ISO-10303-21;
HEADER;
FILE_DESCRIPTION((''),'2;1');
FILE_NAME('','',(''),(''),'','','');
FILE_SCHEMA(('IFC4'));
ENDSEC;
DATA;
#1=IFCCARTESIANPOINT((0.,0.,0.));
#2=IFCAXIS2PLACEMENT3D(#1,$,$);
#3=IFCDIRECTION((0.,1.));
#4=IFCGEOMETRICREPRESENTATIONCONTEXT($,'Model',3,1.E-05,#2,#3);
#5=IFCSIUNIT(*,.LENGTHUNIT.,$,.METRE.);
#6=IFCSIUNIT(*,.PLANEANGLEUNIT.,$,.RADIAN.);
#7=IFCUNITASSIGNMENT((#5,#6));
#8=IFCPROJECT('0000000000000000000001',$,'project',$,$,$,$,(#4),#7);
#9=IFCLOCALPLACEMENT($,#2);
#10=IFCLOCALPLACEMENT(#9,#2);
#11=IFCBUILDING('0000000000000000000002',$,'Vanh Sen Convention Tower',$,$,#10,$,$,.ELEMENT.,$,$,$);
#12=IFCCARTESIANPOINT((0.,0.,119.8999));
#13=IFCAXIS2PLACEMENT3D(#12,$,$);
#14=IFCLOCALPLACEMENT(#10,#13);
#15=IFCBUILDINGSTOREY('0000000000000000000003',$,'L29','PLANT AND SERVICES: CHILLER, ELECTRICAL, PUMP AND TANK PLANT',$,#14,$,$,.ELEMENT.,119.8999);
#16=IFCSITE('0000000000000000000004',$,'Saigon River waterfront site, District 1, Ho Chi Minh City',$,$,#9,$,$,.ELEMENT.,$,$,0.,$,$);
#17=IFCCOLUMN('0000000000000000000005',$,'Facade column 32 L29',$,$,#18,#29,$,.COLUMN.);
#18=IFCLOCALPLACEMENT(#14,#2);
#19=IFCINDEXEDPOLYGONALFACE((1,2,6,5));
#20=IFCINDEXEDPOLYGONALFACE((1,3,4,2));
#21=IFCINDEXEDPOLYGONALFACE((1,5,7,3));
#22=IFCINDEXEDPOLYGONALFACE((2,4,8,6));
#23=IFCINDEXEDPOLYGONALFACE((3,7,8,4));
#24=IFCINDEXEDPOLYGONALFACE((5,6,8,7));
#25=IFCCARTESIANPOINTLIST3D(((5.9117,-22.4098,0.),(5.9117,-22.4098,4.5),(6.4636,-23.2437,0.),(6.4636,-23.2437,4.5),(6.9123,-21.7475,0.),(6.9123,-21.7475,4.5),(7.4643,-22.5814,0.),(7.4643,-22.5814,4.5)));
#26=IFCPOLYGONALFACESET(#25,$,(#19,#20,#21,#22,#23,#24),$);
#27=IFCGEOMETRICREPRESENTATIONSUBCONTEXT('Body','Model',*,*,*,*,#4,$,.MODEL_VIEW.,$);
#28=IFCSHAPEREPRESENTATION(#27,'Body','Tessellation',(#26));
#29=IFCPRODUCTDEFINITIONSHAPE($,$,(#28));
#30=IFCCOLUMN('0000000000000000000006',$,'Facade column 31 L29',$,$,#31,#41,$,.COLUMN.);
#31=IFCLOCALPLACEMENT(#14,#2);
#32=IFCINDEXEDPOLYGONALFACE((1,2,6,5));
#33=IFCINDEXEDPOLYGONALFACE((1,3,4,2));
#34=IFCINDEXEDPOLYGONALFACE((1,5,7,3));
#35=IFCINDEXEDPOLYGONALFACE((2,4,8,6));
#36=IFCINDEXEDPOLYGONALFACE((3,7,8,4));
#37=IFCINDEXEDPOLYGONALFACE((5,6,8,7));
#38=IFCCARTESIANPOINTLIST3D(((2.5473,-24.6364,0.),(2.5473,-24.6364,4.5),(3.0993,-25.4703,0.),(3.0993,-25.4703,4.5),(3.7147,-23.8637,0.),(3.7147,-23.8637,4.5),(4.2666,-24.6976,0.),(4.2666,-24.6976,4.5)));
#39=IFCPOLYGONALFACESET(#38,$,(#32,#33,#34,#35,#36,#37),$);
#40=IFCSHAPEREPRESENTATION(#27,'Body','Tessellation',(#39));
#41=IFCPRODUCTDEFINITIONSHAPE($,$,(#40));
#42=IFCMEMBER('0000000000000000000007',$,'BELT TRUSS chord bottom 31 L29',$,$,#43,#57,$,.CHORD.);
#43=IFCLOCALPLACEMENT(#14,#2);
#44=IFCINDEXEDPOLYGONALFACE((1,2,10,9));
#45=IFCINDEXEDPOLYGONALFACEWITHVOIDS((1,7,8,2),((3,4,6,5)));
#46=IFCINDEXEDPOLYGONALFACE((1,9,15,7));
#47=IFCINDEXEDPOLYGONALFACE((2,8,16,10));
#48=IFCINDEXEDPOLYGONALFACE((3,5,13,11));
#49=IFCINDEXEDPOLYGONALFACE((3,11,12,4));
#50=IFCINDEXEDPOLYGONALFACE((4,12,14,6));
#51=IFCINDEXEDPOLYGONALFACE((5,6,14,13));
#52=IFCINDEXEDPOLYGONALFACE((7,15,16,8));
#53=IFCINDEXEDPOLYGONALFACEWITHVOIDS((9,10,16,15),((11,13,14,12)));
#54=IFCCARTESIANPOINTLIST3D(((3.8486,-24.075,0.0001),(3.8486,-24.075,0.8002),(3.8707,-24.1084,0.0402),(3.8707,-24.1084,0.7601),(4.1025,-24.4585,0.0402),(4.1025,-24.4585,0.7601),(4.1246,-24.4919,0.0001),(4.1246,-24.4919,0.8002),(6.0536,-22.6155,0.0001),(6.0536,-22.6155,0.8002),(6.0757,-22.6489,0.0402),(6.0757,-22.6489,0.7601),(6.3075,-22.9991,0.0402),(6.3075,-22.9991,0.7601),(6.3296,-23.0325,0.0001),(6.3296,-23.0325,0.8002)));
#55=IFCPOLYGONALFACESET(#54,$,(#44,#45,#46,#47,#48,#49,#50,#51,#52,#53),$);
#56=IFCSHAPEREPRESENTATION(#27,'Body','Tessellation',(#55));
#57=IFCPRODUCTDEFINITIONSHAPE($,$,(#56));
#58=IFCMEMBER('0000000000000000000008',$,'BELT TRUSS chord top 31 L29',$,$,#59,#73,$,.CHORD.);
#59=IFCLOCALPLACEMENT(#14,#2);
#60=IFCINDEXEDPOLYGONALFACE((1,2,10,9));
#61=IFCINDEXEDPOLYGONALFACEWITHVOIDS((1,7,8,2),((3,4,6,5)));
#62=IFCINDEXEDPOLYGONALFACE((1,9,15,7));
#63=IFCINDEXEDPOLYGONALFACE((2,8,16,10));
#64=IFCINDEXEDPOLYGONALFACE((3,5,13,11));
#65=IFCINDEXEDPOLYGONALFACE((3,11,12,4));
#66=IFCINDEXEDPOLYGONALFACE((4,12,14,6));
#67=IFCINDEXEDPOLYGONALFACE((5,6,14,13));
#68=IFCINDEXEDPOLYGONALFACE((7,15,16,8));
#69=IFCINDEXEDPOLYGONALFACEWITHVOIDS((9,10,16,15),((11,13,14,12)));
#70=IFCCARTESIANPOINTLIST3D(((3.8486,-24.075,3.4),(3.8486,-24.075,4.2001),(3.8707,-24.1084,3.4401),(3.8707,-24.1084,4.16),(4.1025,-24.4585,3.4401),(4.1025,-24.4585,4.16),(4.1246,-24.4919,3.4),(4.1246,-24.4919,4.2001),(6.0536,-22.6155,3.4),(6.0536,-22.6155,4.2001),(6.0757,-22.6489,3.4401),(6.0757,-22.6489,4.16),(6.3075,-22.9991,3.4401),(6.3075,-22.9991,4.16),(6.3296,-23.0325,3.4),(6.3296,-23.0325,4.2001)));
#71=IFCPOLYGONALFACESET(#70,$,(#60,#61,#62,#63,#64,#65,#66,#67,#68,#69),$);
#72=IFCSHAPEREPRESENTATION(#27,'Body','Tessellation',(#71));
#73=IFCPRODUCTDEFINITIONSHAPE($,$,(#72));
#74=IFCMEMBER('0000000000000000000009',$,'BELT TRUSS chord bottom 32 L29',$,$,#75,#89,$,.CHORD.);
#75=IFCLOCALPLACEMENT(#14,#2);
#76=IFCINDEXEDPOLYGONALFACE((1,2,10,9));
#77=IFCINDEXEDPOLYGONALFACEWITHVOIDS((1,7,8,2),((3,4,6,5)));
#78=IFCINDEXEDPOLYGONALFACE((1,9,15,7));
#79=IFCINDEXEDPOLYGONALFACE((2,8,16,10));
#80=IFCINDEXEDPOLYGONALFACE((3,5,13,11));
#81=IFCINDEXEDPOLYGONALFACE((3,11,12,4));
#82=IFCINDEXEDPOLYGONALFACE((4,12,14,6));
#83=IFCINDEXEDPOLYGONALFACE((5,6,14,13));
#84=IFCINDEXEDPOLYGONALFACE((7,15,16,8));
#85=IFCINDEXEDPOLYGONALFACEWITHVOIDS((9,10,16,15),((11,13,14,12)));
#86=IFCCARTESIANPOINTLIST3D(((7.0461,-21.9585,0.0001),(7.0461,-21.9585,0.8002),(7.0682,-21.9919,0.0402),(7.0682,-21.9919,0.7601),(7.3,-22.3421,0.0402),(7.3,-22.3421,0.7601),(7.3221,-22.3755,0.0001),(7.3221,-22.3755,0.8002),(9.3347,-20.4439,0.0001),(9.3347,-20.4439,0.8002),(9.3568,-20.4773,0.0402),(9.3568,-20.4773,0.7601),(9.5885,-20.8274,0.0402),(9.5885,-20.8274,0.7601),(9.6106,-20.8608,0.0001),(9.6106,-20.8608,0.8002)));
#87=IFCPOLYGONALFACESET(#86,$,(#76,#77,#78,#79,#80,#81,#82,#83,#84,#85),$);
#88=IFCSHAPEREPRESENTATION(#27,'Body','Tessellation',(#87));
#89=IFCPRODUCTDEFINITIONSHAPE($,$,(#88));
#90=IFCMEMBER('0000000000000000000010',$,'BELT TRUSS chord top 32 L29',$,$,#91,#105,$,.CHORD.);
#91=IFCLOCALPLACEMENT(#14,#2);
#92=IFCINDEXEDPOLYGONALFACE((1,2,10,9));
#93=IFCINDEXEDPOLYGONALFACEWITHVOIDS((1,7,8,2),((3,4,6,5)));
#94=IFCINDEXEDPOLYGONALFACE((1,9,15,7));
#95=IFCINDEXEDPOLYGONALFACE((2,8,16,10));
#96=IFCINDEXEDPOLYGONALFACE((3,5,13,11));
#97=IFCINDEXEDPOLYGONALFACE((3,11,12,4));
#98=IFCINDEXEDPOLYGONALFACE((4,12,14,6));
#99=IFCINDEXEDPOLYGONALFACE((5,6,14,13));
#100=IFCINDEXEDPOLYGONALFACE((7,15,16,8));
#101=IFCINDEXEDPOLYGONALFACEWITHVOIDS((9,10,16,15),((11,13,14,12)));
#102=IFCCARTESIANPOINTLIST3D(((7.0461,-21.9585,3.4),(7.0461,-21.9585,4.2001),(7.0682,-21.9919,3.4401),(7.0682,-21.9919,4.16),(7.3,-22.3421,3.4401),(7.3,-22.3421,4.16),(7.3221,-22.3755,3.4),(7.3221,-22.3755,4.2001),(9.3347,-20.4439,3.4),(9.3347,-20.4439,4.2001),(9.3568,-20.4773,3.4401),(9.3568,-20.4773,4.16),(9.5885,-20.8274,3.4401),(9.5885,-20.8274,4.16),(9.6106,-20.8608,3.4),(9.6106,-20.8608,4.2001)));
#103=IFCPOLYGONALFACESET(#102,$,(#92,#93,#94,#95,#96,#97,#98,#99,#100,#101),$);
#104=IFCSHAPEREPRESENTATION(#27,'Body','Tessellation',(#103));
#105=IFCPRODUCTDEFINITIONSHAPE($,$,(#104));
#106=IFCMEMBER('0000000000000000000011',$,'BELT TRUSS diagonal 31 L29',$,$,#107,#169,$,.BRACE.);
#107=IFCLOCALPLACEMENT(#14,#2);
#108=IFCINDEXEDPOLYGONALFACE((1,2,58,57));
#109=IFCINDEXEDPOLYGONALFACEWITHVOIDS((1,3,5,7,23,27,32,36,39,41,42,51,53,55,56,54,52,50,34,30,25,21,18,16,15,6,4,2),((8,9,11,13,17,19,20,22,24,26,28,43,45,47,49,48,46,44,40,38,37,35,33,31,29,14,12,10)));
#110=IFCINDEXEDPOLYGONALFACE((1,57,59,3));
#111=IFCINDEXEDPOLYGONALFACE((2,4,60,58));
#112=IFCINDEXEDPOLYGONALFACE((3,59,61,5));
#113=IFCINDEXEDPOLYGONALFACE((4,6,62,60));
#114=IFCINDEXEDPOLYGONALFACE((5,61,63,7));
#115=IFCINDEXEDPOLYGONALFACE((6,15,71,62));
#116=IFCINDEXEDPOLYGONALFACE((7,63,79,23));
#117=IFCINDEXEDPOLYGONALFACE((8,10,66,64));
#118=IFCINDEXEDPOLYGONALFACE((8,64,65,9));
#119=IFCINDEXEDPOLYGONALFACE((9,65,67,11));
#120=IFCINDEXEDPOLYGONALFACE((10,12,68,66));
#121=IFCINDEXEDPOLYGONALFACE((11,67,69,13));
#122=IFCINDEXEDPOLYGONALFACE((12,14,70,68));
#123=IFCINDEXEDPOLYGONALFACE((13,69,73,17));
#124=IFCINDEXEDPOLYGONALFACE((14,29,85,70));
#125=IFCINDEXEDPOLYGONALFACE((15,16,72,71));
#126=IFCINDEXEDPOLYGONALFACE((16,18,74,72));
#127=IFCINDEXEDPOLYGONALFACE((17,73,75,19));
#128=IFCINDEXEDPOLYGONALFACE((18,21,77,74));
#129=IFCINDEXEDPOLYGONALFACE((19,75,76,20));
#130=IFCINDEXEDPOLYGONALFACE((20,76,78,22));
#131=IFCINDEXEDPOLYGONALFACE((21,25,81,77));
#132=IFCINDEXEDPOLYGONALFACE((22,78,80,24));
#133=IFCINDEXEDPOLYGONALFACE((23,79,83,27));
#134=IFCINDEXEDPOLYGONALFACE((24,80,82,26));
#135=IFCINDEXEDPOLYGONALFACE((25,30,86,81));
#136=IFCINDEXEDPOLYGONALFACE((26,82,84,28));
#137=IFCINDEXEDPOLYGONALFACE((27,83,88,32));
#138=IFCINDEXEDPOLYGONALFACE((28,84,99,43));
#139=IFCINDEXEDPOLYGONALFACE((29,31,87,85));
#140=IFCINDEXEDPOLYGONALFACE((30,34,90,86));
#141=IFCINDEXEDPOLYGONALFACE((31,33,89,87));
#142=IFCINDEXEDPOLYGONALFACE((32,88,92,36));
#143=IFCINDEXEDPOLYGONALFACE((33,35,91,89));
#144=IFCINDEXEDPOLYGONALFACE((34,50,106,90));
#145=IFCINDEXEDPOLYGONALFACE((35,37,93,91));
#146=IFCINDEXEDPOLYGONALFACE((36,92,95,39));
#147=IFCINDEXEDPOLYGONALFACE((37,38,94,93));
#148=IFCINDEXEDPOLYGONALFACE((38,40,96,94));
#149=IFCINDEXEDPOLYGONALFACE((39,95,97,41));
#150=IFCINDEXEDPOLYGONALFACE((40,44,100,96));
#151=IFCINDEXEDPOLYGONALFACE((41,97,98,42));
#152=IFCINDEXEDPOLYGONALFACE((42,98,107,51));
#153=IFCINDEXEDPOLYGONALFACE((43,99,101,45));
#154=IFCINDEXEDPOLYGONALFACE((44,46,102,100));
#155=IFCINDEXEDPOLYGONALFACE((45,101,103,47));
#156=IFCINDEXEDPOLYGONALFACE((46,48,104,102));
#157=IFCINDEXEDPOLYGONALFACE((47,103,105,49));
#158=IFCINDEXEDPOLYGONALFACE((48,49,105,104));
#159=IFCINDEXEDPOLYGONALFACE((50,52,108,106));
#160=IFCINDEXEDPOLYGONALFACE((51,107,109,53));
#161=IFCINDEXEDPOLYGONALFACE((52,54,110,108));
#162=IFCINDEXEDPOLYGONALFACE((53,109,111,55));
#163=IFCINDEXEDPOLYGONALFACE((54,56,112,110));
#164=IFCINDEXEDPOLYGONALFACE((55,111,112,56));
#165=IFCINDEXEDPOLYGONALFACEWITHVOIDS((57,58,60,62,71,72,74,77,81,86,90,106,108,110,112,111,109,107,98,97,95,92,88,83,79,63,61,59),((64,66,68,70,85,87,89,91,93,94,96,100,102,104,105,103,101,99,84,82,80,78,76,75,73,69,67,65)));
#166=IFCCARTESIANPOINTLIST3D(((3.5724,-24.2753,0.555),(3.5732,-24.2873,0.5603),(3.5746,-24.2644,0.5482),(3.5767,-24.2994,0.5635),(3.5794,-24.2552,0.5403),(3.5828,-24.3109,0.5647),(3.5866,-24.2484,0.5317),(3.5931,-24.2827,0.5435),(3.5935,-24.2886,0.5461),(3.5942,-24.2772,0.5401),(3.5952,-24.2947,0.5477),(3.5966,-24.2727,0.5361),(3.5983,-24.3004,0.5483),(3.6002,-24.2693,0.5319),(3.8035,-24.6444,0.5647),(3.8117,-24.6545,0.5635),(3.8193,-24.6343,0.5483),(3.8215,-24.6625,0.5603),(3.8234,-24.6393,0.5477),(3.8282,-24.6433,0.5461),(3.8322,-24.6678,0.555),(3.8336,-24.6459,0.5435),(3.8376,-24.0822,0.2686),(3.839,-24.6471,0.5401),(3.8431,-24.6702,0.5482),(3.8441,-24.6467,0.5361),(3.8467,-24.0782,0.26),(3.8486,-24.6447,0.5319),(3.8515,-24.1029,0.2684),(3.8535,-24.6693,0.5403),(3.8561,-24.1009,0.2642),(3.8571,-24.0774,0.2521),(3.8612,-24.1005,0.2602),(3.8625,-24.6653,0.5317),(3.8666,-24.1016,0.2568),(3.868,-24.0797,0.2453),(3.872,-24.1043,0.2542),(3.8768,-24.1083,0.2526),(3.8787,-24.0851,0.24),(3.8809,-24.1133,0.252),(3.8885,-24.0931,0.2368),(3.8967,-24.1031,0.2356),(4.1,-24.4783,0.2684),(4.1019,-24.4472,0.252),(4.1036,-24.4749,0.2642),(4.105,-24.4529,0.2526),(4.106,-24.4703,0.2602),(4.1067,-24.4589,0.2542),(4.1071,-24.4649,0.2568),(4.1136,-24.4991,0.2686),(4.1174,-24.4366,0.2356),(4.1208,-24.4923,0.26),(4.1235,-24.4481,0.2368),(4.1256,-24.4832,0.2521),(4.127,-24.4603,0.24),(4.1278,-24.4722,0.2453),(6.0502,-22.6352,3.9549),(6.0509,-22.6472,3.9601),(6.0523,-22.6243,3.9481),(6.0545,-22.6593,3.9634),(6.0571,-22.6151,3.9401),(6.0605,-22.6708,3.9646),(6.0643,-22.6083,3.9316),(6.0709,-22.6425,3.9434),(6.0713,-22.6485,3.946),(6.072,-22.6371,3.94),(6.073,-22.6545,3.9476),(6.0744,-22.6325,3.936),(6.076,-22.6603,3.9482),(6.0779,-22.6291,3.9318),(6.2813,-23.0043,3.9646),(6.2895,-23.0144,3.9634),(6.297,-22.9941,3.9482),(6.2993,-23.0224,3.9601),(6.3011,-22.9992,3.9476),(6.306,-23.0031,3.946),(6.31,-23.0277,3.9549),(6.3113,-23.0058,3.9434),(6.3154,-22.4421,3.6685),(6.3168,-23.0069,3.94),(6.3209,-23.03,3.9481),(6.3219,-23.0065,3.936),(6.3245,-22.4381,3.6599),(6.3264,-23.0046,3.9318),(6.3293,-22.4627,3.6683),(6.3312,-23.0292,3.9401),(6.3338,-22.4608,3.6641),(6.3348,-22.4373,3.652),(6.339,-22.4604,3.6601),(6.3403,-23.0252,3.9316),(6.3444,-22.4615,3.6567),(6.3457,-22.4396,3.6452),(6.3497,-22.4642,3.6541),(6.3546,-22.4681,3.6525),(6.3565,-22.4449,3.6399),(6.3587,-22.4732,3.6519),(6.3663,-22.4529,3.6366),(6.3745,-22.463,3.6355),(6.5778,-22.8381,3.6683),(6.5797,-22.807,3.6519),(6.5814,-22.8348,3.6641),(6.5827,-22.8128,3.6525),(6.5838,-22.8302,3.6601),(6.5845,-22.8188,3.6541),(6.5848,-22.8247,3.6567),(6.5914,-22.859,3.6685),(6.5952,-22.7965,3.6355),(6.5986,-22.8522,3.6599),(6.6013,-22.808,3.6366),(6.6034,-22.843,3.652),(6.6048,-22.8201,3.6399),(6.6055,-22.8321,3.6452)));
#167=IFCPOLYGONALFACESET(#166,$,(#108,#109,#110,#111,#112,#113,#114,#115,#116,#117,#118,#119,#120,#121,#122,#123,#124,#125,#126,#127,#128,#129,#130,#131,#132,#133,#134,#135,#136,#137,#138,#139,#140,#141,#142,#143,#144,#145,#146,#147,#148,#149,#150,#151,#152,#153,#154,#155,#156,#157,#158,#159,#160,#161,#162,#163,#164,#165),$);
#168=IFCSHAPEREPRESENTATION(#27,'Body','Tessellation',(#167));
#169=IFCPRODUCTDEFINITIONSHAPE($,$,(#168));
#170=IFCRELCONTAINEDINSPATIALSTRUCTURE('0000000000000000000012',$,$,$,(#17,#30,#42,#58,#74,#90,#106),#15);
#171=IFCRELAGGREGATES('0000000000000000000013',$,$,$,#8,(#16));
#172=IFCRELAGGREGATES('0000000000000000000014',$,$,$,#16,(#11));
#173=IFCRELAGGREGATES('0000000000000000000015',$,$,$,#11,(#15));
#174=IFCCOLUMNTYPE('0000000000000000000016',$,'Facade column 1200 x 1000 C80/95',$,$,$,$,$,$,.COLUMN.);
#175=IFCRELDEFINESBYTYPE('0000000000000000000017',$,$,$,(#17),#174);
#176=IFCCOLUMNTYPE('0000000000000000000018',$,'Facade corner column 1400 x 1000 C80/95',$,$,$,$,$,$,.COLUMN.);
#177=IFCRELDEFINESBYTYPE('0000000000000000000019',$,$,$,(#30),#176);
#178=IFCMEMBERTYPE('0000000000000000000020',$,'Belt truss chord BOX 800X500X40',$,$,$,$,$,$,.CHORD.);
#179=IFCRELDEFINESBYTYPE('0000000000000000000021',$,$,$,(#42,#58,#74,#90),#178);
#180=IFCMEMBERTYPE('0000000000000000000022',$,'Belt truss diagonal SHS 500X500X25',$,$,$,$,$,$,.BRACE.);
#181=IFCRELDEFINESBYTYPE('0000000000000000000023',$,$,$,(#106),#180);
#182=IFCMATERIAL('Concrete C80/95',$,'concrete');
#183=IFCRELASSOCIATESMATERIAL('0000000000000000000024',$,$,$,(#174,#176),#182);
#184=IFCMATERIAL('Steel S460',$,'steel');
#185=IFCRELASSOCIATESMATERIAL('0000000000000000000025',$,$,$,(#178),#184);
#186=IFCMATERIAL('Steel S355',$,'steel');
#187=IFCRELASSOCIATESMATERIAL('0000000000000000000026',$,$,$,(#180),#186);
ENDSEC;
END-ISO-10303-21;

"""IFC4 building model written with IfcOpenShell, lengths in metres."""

from ifc_helpers import new_model, si_unit, direction, frame, origin, origin_2d, place, context, subcontext, project, spatial, rectangle, hollow_rectangle, extrude, material, material_profile, profile_set, type_object, element, save


model = new_model("IFC4")

# Units and contexts
model_context = context("Model", 3, precision=1e-05, world=origin(), true_north=direction((0.0, 1.0)))
body_context = subcontext(model_context, "Body", "Model", "MODEL_VIEW")
ifc_project = project(units=[si_unit("LENGTHUNIT", "METRE"), si_unit("PLANEANGLEUNIT", "RADIAN")], contexts=[model_context])

# Site, building, storey
site_placement = place(None, origin())
site = spatial("IfcSite", under=ifc_project, at=site_placement, Name="Saigon River waterfront site, District 1, Ho Chi Minh City", CompositionType="ELEMENT", RefElevation=0.0)
building_placement = place(site_placement, origin())
building = spatial("IfcBuilding", under=site, at=building_placement, Name="Vanh Sen Convention Tower", CompositionType="ELEMENT")
storey_placement = place(building_placement, frame((0.0, 0.0, 119.8999)))
storey = spatial("IfcBuildingStorey", under=building, at=storey_placement, Name="L29", Description="PLANT AND SERVICES: CHILLER, ELECTRICAL, PUMP AND TANK PLANT", CompositionType="ELEMENT", Elevation=119.8999)

# Columns
ifc_material_1 = material(Name="Concrete C80/95", Category="concrete")
ifc_material_profile_1 = material_profile(ifc_material_1, rectangle(XDim=1.2, YDim=1.0, at=origin_2d()), Name="RC 1200X1000")
ifc_profile_set_1 = profile_set([ifc_material_profile_1], Name="Concrete C80/95")
column_type_1 = type_object("IfcColumnType", Name="Facade column 1200 x 1000 C80/95", PredefinedType="COLUMN", material=ifc_profile_set_1)
column_1_placement = place(storey_placement, frame((6.688, -22.4956, 0.0), z_axis=(0.0, 0.0, 1.0), x_axis=(0.833886, 0.551937, 0.0)))
element("IfcColumn", 1, at=column_1_placement, inside=storey, type_object=column_type_1, Name="Facade column 32 L29", PredefinedType="COLUMN", context=body_context, shape_type="SweptSolid", body=[
    extrude(rectangle(XDim=1.2, YDim=1.0, at=origin_2d()), origin(), (0.0, 0.0, 1.0), 4.5),
])
ifc_material_profile_2 = material_profile(ifc_material_1, rectangle(XDim=1.3999, YDim=1.0, at=origin_2d()), Name="RC 1400X1000")
ifc_profile_set_2 = profile_set([ifc_material_profile_2], Name="Concrete C80/95")
column_type_2 = type_object("IfcColumnType", Name="Facade corner column 1400 x 1000 C80/95", PredefinedType="COLUMN", material=ifc_profile_set_2)
column_2_placement = place(storey_placement, frame((3.407, -24.667, 0.0), z_axis=(0.0, 0.0, 1.0), x_axis=(0.833886, 0.551937, 0.0)))
element("IfcColumn", 2, at=column_2_placement, inside=storey, type_object=column_type_2, Name="Facade column 31 L29", PredefinedType="COLUMN", context=body_context, shape_type="SweptSolid", body=[
    extrude(rectangle(XDim=1.3999, YDim=1.0, at=origin_2d()), origin(), (0.0, 0.0, 1.0), 4.5),
])

# Members
ifc_material_2 = material(Name="Steel S460", Category="steel")
ifc_material_profile_3 = material_profile(ifc_material_2, hollow_rectangle(XDim=0.5, YDim=0.8, WallThickness=0.04, at=origin_2d()), Name="BOX 800X500X40")
ifc_profile_set_3 = profile_set([ifc_material_profile_3], Name="Steel S460")
member_type_1 = type_object("IfcMemberType", Name="Belt truss chord BOX 800X500X40", PredefinedType="CHORD", material=ifc_profile_set_3)
for number, where, z_axis, x_axis, name in (
    (3, (3.9866, -24.2834, 0.4001), (0.833892, 0.551927, 0.0), (-0.551927, 0.833892, 0.0), "BELT TRUSS chord bottom 31 L29"),
    (4, (3.9866, -24.2834, 3.8), (0.833892, 0.551927, 0.0), (-0.551927, 0.833892, 0.0), "BELT TRUSS chord top 31 L29"),
):
    element("IfcMember", number, at=place(storey_placement, frame(where, z_axis=z_axis, x_axis=x_axis)), inside=storey, type_object=member_type_1, Name=name, PredefinedType="CHORD", context=body_context, shape_type="SweptSolid", body=[
        extrude(hollow_rectangle(XDim=0.5, YDim=0.8, WallThickness=0.04, at=origin_2d()), origin(), (0.0, 0.0, 1.0), 2.6443),
    ])
for number, where, z_axis, x_axis, name in (
    (5, (7.1841, -22.167, 0.4001), (0.833907, 0.551905, 0.0), (-0.551905, 0.833907, 0.0), "BELT TRUSS chord bottom 32 L29"),
    (6, (7.1841, -22.167, 3.8), (0.833907, 0.551905, 0.0), (-0.551905, 0.833907, 0.0), "BELT TRUSS chord top 32 L29"),
):
    element("IfcMember", number, at=place(storey_placement, frame(where, z_axis=z_axis, x_axis=x_axis)), inside=storey, type_object=member_type_1, Name=name, PredefinedType="CHORD", context=body_context, shape_type="SweptSolid", body=[
        extrude(hollow_rectangle(XDim=0.5, YDim=0.8, WallThickness=0.04, at=origin_2d()), origin(), (0.0, 0.0, 1.0), 2.7444),
    ])
ifc_material_3 = material(Name="Steel S355", Category="steel")
ifc_material_profile_4 = material_profile(ifc_material_3, hollow_rectangle(XDim=0.5, YDim=0.5, WallThickness=0.0249, InnerFilletRadius=0.0249, OuterFilletRadius=0.05, at=origin_2d()), Name="SHS 500X500X25")
ifc_profile_set_4 = profile_set([ifc_material_profile_4], Name="Steel S355")
member_type_2 = type_object("IfcMemberType", Name="Belt truss diagonal SHS 500X500X25", PredefinedType="BRACE", material=ifc_profile_set_4)
member_1_placement = place(storey_placement, frame((3.8501, -24.3738, 0.4001), z_axis=(0.548741, 0.363232, 0.752958), x_axis=(-0.551967, 0.833866, 0.0)))
element("IfcMember", 7, at=member_1_placement, inside=storey, type_object=member_type_2, Name="BELT TRUSS diagonal 31 L29", PredefinedType="BRACE", context=body_context, shape_type="SweptSolid", body=[
    extrude(hollow_rectangle(XDim=0.5, YDim=0.5, WallThickness=0.0249, InnerFilletRadius=0.0249, OuterFilletRadius=0.05, at=origin_2d()), origin(), (0.0, 0.0, 1.0), 4.5154),
])

save(model, "model.ifc")
